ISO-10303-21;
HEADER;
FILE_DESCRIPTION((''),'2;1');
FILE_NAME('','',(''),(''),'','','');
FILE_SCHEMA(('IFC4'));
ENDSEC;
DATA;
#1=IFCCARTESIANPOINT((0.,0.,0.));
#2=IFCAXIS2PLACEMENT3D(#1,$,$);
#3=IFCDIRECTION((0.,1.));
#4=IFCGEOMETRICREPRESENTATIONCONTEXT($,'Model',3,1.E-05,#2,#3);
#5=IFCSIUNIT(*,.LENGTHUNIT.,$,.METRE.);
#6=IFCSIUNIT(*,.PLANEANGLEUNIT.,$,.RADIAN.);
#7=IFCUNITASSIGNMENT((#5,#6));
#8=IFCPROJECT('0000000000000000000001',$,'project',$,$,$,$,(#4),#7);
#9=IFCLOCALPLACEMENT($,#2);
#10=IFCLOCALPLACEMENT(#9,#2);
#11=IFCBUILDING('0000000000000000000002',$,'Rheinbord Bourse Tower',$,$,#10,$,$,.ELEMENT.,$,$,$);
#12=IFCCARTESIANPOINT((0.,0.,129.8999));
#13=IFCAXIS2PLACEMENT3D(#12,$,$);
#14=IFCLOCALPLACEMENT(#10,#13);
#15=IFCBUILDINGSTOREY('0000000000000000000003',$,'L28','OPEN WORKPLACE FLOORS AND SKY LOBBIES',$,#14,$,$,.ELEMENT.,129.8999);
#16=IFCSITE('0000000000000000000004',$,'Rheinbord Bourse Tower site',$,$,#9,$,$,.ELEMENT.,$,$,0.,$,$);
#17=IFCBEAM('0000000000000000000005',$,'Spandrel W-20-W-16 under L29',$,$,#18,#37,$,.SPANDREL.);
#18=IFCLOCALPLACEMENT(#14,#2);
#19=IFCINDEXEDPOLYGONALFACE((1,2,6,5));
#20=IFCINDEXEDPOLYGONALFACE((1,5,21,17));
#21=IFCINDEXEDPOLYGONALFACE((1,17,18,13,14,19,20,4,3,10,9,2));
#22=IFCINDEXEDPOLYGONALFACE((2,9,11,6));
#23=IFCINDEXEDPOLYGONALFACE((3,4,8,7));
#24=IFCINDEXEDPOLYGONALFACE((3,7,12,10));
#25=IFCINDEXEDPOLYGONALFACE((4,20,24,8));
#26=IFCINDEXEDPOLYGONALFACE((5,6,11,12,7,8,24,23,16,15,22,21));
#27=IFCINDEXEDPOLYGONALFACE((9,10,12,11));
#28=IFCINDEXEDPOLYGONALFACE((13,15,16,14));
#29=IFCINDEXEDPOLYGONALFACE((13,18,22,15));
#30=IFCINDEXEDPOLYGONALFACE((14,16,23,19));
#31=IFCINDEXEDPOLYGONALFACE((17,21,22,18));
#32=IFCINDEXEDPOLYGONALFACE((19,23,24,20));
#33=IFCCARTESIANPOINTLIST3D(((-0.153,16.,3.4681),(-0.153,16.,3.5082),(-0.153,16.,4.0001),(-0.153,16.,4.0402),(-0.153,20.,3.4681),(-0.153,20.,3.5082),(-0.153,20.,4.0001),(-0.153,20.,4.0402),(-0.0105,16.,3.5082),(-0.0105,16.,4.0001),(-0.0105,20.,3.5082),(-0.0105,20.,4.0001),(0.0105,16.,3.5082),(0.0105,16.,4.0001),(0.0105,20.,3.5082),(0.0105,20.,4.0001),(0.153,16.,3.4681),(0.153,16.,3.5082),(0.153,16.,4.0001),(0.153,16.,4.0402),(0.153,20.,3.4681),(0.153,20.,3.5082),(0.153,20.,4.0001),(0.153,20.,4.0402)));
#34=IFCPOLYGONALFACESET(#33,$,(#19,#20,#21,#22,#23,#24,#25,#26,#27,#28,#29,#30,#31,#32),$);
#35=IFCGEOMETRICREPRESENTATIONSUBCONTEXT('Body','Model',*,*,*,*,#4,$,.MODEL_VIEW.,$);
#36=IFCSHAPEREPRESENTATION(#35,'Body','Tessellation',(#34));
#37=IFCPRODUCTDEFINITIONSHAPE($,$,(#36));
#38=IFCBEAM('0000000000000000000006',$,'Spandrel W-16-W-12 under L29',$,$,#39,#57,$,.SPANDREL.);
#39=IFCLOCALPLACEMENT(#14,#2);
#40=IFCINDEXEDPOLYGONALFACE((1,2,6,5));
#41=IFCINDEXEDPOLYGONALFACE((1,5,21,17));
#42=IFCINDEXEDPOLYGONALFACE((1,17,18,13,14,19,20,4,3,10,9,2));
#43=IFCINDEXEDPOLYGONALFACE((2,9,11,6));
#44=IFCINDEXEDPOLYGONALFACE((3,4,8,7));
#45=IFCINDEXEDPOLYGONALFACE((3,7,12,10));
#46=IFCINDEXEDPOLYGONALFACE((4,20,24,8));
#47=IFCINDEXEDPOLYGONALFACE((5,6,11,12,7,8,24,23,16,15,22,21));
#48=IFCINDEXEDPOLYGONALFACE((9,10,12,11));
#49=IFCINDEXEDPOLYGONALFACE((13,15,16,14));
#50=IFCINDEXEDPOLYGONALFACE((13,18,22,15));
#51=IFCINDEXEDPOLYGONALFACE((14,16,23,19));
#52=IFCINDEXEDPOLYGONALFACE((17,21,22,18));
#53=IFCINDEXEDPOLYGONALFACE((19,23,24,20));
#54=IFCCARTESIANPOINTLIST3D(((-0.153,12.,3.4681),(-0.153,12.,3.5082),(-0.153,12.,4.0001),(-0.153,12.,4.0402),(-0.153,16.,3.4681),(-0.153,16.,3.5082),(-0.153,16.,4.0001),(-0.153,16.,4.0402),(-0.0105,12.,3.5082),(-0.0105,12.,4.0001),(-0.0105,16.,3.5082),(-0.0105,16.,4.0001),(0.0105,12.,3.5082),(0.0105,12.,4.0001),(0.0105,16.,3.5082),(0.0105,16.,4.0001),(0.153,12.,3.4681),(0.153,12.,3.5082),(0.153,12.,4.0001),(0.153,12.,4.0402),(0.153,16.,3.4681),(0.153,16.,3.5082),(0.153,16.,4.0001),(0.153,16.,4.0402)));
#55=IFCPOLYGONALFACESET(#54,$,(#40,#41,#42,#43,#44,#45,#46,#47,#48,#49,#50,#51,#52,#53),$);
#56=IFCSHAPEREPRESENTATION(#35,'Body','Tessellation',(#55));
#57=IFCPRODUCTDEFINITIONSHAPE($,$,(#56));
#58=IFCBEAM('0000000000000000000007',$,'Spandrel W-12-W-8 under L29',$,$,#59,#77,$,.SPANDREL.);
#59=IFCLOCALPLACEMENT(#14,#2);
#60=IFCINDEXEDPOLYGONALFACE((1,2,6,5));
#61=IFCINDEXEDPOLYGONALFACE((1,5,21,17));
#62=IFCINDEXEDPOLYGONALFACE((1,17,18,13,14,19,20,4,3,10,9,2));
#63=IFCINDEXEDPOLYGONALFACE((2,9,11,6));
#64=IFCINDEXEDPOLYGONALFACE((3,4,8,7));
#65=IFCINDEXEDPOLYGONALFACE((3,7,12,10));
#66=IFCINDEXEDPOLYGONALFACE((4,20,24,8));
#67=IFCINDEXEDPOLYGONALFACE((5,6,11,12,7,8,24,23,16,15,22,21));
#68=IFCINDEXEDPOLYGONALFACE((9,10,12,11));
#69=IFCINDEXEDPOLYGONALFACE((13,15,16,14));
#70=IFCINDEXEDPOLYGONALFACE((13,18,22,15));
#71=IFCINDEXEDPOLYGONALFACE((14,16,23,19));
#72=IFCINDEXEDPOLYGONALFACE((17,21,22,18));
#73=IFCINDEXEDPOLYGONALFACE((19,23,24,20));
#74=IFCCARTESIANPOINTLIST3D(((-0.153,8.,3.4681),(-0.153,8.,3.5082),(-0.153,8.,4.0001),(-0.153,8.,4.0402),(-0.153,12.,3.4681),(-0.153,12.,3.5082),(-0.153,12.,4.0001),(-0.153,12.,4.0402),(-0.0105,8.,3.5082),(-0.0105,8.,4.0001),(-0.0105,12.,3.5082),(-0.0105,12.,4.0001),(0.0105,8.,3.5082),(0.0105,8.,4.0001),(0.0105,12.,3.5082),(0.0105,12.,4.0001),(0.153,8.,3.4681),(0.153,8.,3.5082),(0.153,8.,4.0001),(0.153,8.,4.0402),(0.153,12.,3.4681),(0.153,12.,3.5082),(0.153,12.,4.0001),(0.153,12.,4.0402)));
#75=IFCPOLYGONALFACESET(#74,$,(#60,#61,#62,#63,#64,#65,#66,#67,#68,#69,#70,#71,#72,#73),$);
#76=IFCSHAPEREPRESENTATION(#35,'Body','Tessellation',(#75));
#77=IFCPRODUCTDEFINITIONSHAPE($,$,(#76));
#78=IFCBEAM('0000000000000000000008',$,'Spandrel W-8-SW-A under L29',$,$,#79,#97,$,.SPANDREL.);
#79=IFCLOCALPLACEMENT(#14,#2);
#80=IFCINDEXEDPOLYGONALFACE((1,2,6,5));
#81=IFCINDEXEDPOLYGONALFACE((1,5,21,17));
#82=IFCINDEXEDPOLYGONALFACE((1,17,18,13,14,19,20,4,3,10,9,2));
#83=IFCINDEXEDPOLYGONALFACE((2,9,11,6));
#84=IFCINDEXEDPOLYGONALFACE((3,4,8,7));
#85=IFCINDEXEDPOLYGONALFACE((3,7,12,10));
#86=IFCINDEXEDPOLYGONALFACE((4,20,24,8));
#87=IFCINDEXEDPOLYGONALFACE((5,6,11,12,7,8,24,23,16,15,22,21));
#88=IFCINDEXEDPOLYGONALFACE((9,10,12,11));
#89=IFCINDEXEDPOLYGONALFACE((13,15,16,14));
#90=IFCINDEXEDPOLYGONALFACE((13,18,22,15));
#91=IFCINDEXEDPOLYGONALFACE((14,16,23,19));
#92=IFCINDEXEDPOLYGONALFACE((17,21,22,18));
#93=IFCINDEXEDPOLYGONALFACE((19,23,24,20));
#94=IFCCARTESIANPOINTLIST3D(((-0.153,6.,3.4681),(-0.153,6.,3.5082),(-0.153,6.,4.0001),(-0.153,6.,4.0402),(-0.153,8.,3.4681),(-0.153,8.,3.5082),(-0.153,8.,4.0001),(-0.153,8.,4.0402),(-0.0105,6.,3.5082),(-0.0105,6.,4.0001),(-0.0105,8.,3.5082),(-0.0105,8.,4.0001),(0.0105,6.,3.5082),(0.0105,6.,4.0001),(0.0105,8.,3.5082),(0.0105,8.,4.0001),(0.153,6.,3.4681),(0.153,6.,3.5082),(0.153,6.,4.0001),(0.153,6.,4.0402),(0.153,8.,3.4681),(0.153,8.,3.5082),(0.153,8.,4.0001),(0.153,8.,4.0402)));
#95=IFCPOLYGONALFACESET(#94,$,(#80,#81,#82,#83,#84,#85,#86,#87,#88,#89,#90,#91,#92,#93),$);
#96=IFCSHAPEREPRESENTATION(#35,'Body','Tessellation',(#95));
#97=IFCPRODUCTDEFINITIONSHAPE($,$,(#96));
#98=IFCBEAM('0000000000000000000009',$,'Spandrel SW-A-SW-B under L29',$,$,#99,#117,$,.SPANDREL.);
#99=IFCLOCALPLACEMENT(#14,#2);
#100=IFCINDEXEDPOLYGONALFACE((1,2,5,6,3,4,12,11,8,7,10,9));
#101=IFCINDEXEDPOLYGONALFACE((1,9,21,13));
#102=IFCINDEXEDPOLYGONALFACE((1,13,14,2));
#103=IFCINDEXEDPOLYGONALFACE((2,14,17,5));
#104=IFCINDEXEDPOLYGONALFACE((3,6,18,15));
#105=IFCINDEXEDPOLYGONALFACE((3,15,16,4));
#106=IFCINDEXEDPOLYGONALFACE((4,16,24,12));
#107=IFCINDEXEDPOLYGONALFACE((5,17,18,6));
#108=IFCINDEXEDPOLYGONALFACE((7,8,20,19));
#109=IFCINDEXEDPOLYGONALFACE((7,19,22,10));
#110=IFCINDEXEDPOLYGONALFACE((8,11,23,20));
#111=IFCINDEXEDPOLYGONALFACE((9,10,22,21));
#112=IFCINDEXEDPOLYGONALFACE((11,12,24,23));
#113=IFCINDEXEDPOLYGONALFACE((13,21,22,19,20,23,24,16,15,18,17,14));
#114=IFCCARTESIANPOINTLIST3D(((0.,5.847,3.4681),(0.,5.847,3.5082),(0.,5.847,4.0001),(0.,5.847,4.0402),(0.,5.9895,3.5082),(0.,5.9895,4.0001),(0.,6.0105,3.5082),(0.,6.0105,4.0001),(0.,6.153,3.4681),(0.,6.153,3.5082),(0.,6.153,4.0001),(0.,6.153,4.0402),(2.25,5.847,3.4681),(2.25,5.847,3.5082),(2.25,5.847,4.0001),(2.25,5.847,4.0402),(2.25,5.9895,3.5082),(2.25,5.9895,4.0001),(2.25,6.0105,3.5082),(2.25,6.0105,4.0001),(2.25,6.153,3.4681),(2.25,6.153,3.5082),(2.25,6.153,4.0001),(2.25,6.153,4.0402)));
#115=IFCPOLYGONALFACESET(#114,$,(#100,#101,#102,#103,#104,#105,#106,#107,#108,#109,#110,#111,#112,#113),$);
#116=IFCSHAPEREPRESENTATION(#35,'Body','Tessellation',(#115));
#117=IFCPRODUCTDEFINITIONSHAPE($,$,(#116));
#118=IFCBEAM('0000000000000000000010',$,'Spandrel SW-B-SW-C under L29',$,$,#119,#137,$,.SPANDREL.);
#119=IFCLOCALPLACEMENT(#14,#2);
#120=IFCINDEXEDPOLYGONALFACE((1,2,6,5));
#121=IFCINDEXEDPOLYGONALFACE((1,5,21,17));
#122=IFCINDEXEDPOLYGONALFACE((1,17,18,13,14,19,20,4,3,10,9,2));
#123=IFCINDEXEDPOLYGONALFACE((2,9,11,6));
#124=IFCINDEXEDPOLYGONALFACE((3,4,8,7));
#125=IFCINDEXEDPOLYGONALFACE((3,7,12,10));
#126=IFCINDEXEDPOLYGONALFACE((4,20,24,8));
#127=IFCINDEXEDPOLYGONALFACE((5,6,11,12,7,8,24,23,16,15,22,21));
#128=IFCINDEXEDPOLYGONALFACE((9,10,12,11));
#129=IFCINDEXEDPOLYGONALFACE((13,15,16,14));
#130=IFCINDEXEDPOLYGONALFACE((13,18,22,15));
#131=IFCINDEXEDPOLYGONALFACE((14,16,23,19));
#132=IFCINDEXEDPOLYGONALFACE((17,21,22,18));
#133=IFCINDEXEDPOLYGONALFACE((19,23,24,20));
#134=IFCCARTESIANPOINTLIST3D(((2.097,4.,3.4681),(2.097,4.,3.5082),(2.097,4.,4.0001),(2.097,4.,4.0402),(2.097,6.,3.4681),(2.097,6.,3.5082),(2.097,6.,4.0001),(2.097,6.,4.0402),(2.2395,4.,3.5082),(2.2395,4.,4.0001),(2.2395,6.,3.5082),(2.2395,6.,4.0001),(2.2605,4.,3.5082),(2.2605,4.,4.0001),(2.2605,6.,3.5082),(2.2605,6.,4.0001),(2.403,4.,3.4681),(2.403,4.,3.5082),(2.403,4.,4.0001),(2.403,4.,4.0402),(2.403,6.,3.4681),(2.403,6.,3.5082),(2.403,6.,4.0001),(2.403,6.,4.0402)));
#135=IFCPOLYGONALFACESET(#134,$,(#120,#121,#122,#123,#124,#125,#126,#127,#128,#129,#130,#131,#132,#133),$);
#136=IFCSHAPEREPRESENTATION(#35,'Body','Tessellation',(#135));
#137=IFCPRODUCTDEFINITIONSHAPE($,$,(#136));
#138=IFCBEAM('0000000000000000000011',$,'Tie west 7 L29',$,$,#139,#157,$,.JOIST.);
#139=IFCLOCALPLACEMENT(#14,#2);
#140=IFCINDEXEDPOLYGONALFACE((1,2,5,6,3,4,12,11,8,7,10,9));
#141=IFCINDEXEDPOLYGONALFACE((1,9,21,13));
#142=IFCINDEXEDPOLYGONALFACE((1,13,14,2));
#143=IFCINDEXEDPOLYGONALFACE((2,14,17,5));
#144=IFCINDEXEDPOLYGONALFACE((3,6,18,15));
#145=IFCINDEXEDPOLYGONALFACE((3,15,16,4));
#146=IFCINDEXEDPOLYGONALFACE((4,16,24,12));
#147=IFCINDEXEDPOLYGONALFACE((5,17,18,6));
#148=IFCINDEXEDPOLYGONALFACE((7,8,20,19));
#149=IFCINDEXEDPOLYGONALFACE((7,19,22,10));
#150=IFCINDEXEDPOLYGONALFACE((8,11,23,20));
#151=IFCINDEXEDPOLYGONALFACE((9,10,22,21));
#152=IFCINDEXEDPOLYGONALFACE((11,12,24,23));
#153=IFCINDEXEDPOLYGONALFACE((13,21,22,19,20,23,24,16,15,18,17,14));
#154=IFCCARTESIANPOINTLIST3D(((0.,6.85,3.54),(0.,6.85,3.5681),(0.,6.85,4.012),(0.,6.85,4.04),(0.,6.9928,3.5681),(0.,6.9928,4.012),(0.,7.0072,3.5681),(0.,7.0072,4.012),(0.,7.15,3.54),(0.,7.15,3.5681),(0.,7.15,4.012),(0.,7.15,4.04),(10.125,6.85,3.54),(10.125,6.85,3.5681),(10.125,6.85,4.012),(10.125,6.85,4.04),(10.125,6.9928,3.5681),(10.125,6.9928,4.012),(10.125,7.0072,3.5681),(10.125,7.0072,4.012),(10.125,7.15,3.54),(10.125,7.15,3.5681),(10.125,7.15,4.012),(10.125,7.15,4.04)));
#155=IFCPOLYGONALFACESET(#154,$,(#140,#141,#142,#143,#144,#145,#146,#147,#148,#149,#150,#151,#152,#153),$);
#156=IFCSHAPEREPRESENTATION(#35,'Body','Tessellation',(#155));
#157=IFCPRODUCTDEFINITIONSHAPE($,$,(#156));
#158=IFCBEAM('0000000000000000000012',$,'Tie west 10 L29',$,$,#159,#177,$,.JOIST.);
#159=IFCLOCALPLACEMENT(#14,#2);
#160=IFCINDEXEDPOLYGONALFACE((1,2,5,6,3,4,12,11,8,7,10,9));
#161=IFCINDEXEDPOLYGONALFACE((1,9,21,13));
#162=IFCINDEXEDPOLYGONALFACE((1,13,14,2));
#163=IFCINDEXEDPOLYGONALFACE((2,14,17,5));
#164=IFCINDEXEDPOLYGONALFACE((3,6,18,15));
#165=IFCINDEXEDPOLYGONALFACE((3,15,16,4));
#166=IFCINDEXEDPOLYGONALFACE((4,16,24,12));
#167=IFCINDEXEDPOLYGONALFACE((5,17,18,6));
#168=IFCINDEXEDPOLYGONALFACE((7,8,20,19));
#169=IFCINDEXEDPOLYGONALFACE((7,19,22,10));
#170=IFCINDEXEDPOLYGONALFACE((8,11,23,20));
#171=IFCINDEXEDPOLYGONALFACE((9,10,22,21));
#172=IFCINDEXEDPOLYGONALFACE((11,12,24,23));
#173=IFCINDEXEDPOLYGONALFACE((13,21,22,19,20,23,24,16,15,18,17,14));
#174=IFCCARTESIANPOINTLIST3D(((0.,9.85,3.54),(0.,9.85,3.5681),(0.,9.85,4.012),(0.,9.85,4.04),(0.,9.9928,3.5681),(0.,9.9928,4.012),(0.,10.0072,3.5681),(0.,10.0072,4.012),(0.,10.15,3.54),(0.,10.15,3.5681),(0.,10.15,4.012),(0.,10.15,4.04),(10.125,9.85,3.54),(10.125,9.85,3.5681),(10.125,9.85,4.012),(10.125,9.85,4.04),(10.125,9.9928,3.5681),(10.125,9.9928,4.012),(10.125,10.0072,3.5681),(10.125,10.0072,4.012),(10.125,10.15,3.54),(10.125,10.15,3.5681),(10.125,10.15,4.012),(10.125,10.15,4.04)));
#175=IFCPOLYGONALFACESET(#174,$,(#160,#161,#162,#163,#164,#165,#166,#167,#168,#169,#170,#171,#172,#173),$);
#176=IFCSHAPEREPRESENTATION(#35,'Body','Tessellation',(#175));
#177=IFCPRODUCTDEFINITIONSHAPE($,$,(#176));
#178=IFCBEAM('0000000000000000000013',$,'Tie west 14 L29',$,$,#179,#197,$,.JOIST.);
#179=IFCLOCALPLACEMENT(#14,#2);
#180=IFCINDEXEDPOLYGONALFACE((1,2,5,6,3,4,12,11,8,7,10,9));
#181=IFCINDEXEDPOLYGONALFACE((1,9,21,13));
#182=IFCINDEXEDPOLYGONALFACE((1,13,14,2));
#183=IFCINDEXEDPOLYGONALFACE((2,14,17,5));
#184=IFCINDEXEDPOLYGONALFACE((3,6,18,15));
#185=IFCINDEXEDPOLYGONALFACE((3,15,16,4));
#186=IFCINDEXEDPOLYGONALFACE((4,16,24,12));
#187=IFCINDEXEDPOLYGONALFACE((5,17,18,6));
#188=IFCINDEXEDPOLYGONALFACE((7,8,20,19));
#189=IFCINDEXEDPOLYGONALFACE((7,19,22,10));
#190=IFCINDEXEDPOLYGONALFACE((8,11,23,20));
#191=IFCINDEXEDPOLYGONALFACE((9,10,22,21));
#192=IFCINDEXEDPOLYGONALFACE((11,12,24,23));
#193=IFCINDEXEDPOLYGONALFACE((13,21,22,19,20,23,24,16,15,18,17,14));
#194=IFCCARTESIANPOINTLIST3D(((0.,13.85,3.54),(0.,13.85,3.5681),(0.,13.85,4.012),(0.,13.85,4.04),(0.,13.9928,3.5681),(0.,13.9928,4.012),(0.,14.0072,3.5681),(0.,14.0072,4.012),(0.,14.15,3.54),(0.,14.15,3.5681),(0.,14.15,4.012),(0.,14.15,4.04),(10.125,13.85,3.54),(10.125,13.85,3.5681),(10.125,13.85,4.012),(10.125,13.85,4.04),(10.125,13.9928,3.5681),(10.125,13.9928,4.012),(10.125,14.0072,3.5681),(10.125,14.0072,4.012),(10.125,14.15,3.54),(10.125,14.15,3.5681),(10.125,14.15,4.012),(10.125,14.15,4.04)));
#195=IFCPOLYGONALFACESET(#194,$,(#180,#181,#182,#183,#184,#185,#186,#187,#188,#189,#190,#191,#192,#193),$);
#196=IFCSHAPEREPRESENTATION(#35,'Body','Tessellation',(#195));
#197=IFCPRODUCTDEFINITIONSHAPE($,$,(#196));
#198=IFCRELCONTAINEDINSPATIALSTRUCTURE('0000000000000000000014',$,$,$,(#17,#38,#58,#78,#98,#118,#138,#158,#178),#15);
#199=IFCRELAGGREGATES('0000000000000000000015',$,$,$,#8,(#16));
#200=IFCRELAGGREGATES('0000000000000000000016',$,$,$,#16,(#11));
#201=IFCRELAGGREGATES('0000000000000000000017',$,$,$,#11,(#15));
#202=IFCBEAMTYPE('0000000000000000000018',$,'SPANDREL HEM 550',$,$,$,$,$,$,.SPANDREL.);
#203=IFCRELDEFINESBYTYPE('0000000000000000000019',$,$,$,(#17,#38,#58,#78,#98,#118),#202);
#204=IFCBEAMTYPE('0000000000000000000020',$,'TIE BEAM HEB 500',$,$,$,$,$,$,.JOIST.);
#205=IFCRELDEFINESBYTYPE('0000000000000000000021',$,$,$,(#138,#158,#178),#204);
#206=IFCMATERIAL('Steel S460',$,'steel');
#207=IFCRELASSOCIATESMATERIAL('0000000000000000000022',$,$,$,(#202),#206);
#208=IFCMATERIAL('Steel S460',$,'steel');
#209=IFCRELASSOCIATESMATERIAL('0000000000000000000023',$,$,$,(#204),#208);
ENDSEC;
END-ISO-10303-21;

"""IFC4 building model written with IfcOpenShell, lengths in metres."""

from ifc_helpers import new_model, si_unit, direction, frame, origin, origin_2d, place, context, subcontext, project, spatial, i_section, extrude, material, material_profile, profile_set, type_object, element, save


model = new_model("IFC4")

# Units and contexts
model_context = context("Model", 3, precision=1e-05, world=origin(), true_north=direction((0.0, 1.0)))
body_context = subcontext(model_context, "Body", "Model", "MODEL_VIEW")
ifc_project = project(units=[si_unit("LENGTHUNIT", "METRE"), si_unit("PLANEANGLEUNIT", "RADIAN")], contexts=[model_context])

# Site, building, storey
site_placement = place(None, origin())
site = spatial("IfcSite", under=ifc_project, at=site_placement, Name="Rheinbord Bourse Tower site", CompositionType="ELEMENT", RefElevation=0.0)
building_placement = place(site_placement, origin())
building = spatial("IfcBuilding", under=site, at=building_placement, Name="Rheinbord Bourse Tower", CompositionType="ELEMENT")
storey_placement = place(building_placement, frame((0.0, 0.0, 129.8999)))
storey = spatial("IfcBuildingStorey", under=building, at=storey_placement, Name="L28", Description="OPEN WORKPLACE FLOORS AND SKY LOBBIES", CompositionType="ELEMENT", Elevation=129.8999)

# Beams
ifc_material_1 = material(Name="Steel S460", Category="steel")
ifc_material_profile_1 = material_profile(ifc_material_1, i_section(OverallWidth=0.3059, OverallDepth=0.572, WebThickness=0.021, FlangeThickness=0.04, at=origin_2d()), Name="HEM 550")
ifc_profile_set_1 = profile_set([ifc_material_profile_1], Name="Steel S460")
beam_type_1 = type_object("IfcBeamType", Name="SPANDREL HEM 550", PredefinedType="SPANDREL", material=ifc_profile_set_1)
for number, where, z_axis, x_axis, name in (
    (1, (0.0, 20.0, 3.7542), (0.0, -1.0, 0.0), (1.0, 0.0, 0.0), "Spandrel W-20-W-16 under L29"),
    (2, (0.0, 16.0, 3.7542), (0.0, -1.0, 0.0), (1.0, 0.0, 0.0), "Spandrel W-16-W-12 under L29"),
    (3, (0.0, 12.0, 3.7542), (0.0, -1.0, 0.0), (1.0, 0.0, 0.0), "Spandrel W-12-W-8 under L29"),
):
    element("IfcBeam", number, at=place(storey_placement, frame(where, z_axis=z_axis, x_axis=x_axis)), inside=storey, type_object=beam_type_1, Name=name, PredefinedType="SPANDREL", context=body_context, shape_type="SweptSolid", body=[
        extrude(i_section(OverallWidth=0.3059, OverallDepth=0.572, WebThickness=0.021, FlangeThickness=0.04, at=origin_2d()), origin(), (0.0, 0.0, 1.0), 4.0),
    ])
beam_1_placement = place(storey_placement, frame((0.0, 8.0, 3.7542), z_axis=(0.0, -1.0, 0.0), x_axis=(1.0, 0.0, 0.0)))
element("IfcBeam", 4, at=beam_1_placement, inside=storey, type_object=beam_type_1, Name="Spandrel W-8-SW-A under L29", PredefinedType="SPANDREL", context=body_context, shape_type="SweptSolid", body=[
    extrude(i_section(OverallWidth=0.3059, OverallDepth=0.572, WebThickness=0.021, FlangeThickness=0.04, at=origin_2d()), origin(), (0.0, 0.0, 1.0), 2.0),
])
beam_2_placement = place(storey_placement, frame((0.0, 6.0, 3.7542), z_axis=(1.0, 0.0, 0.0), x_axis=(0.0, 1.0, 0.0)))
element("IfcBeam", 5, at=beam_2_placement, inside=storey, type_object=beam_type_1, Name="Spandrel SW-A-SW-B under L29", PredefinedType="SPANDREL", context=body_context, shape_type="SweptSolid", body=[
    extrude(i_section(OverallWidth=0.3059, OverallDepth=0.572, WebThickness=0.021, FlangeThickness=0.04, at=origin_2d()), origin(), (0.0, 0.0, 1.0), 2.25),
])
beam_3_placement = place(storey_placement, frame((2.25, 6.0, 3.7542), z_axis=(0.0, -1.0, 0.0), x_axis=(1.0, 0.0, 0.0)))
element("IfcBeam", 6, at=beam_3_placement, inside=storey, type_object=beam_type_1, Name="Spandrel SW-B-SW-C under L29", PredefinedType="SPANDREL", context=body_context, shape_type="SweptSolid", body=[
    extrude(i_section(OverallWidth=0.3059, OverallDepth=0.572, WebThickness=0.021, FlangeThickness=0.04, at=origin_2d()), origin(), (0.0, 0.0, 1.0), 2.0),
])
ifc_material_2 = material(Name="Steel S460", Category="steel")
ifc_material_profile_2 = material_profile(ifc_material_2, i_section(OverallWidth=0.3, OverallDepth=0.5, WebThickness=0.0144, FlangeThickness=0.0281, at=origin_2d()), Name="HEB 500")
ifc_profile_set_2 = profile_set([ifc_material_profile_2], Name="Steel S460")
beam_type_2 = type_object("IfcBeamType", Name="TIE BEAM HEB 500", PredefinedType="JOIST", material=ifc_profile_set_2)
for number, where, z_axis, x_axis, name in (
    (7, (0.0, 7.0, 3.79), (1.0, 0.0, 0.0), (0.0, 1.0, 0.0), "Tie west 7 L29"),
    (8, (0.0, 10.0, 3.79), (1.0, 0.0, 0.0), (0.0, 1.0, 0.0), "Tie west 10 L29"),
    (9, (0.0, 14.0, 3.79), (1.0, 0.0, 0.0), (0.0, 1.0, 0.0), "Tie west 14 L29"),
):
    element("IfcBeam", number, at=place(storey_placement, frame(where, z_axis=z_axis, x_axis=x_axis)), inside=storey, type_object=beam_type_2, Name=name, PredefinedType="JOIST", context=body_context, shape_type="SweptSolid", body=[
        extrude(i_section(OverallWidth=0.3, OverallDepth=0.5, WebThickness=0.0144, FlangeThickness=0.0281, at=origin_2d()), origin(), (0.0, 0.0, 1.0), 10.125),
    ])

save(model, "model.ifc")
